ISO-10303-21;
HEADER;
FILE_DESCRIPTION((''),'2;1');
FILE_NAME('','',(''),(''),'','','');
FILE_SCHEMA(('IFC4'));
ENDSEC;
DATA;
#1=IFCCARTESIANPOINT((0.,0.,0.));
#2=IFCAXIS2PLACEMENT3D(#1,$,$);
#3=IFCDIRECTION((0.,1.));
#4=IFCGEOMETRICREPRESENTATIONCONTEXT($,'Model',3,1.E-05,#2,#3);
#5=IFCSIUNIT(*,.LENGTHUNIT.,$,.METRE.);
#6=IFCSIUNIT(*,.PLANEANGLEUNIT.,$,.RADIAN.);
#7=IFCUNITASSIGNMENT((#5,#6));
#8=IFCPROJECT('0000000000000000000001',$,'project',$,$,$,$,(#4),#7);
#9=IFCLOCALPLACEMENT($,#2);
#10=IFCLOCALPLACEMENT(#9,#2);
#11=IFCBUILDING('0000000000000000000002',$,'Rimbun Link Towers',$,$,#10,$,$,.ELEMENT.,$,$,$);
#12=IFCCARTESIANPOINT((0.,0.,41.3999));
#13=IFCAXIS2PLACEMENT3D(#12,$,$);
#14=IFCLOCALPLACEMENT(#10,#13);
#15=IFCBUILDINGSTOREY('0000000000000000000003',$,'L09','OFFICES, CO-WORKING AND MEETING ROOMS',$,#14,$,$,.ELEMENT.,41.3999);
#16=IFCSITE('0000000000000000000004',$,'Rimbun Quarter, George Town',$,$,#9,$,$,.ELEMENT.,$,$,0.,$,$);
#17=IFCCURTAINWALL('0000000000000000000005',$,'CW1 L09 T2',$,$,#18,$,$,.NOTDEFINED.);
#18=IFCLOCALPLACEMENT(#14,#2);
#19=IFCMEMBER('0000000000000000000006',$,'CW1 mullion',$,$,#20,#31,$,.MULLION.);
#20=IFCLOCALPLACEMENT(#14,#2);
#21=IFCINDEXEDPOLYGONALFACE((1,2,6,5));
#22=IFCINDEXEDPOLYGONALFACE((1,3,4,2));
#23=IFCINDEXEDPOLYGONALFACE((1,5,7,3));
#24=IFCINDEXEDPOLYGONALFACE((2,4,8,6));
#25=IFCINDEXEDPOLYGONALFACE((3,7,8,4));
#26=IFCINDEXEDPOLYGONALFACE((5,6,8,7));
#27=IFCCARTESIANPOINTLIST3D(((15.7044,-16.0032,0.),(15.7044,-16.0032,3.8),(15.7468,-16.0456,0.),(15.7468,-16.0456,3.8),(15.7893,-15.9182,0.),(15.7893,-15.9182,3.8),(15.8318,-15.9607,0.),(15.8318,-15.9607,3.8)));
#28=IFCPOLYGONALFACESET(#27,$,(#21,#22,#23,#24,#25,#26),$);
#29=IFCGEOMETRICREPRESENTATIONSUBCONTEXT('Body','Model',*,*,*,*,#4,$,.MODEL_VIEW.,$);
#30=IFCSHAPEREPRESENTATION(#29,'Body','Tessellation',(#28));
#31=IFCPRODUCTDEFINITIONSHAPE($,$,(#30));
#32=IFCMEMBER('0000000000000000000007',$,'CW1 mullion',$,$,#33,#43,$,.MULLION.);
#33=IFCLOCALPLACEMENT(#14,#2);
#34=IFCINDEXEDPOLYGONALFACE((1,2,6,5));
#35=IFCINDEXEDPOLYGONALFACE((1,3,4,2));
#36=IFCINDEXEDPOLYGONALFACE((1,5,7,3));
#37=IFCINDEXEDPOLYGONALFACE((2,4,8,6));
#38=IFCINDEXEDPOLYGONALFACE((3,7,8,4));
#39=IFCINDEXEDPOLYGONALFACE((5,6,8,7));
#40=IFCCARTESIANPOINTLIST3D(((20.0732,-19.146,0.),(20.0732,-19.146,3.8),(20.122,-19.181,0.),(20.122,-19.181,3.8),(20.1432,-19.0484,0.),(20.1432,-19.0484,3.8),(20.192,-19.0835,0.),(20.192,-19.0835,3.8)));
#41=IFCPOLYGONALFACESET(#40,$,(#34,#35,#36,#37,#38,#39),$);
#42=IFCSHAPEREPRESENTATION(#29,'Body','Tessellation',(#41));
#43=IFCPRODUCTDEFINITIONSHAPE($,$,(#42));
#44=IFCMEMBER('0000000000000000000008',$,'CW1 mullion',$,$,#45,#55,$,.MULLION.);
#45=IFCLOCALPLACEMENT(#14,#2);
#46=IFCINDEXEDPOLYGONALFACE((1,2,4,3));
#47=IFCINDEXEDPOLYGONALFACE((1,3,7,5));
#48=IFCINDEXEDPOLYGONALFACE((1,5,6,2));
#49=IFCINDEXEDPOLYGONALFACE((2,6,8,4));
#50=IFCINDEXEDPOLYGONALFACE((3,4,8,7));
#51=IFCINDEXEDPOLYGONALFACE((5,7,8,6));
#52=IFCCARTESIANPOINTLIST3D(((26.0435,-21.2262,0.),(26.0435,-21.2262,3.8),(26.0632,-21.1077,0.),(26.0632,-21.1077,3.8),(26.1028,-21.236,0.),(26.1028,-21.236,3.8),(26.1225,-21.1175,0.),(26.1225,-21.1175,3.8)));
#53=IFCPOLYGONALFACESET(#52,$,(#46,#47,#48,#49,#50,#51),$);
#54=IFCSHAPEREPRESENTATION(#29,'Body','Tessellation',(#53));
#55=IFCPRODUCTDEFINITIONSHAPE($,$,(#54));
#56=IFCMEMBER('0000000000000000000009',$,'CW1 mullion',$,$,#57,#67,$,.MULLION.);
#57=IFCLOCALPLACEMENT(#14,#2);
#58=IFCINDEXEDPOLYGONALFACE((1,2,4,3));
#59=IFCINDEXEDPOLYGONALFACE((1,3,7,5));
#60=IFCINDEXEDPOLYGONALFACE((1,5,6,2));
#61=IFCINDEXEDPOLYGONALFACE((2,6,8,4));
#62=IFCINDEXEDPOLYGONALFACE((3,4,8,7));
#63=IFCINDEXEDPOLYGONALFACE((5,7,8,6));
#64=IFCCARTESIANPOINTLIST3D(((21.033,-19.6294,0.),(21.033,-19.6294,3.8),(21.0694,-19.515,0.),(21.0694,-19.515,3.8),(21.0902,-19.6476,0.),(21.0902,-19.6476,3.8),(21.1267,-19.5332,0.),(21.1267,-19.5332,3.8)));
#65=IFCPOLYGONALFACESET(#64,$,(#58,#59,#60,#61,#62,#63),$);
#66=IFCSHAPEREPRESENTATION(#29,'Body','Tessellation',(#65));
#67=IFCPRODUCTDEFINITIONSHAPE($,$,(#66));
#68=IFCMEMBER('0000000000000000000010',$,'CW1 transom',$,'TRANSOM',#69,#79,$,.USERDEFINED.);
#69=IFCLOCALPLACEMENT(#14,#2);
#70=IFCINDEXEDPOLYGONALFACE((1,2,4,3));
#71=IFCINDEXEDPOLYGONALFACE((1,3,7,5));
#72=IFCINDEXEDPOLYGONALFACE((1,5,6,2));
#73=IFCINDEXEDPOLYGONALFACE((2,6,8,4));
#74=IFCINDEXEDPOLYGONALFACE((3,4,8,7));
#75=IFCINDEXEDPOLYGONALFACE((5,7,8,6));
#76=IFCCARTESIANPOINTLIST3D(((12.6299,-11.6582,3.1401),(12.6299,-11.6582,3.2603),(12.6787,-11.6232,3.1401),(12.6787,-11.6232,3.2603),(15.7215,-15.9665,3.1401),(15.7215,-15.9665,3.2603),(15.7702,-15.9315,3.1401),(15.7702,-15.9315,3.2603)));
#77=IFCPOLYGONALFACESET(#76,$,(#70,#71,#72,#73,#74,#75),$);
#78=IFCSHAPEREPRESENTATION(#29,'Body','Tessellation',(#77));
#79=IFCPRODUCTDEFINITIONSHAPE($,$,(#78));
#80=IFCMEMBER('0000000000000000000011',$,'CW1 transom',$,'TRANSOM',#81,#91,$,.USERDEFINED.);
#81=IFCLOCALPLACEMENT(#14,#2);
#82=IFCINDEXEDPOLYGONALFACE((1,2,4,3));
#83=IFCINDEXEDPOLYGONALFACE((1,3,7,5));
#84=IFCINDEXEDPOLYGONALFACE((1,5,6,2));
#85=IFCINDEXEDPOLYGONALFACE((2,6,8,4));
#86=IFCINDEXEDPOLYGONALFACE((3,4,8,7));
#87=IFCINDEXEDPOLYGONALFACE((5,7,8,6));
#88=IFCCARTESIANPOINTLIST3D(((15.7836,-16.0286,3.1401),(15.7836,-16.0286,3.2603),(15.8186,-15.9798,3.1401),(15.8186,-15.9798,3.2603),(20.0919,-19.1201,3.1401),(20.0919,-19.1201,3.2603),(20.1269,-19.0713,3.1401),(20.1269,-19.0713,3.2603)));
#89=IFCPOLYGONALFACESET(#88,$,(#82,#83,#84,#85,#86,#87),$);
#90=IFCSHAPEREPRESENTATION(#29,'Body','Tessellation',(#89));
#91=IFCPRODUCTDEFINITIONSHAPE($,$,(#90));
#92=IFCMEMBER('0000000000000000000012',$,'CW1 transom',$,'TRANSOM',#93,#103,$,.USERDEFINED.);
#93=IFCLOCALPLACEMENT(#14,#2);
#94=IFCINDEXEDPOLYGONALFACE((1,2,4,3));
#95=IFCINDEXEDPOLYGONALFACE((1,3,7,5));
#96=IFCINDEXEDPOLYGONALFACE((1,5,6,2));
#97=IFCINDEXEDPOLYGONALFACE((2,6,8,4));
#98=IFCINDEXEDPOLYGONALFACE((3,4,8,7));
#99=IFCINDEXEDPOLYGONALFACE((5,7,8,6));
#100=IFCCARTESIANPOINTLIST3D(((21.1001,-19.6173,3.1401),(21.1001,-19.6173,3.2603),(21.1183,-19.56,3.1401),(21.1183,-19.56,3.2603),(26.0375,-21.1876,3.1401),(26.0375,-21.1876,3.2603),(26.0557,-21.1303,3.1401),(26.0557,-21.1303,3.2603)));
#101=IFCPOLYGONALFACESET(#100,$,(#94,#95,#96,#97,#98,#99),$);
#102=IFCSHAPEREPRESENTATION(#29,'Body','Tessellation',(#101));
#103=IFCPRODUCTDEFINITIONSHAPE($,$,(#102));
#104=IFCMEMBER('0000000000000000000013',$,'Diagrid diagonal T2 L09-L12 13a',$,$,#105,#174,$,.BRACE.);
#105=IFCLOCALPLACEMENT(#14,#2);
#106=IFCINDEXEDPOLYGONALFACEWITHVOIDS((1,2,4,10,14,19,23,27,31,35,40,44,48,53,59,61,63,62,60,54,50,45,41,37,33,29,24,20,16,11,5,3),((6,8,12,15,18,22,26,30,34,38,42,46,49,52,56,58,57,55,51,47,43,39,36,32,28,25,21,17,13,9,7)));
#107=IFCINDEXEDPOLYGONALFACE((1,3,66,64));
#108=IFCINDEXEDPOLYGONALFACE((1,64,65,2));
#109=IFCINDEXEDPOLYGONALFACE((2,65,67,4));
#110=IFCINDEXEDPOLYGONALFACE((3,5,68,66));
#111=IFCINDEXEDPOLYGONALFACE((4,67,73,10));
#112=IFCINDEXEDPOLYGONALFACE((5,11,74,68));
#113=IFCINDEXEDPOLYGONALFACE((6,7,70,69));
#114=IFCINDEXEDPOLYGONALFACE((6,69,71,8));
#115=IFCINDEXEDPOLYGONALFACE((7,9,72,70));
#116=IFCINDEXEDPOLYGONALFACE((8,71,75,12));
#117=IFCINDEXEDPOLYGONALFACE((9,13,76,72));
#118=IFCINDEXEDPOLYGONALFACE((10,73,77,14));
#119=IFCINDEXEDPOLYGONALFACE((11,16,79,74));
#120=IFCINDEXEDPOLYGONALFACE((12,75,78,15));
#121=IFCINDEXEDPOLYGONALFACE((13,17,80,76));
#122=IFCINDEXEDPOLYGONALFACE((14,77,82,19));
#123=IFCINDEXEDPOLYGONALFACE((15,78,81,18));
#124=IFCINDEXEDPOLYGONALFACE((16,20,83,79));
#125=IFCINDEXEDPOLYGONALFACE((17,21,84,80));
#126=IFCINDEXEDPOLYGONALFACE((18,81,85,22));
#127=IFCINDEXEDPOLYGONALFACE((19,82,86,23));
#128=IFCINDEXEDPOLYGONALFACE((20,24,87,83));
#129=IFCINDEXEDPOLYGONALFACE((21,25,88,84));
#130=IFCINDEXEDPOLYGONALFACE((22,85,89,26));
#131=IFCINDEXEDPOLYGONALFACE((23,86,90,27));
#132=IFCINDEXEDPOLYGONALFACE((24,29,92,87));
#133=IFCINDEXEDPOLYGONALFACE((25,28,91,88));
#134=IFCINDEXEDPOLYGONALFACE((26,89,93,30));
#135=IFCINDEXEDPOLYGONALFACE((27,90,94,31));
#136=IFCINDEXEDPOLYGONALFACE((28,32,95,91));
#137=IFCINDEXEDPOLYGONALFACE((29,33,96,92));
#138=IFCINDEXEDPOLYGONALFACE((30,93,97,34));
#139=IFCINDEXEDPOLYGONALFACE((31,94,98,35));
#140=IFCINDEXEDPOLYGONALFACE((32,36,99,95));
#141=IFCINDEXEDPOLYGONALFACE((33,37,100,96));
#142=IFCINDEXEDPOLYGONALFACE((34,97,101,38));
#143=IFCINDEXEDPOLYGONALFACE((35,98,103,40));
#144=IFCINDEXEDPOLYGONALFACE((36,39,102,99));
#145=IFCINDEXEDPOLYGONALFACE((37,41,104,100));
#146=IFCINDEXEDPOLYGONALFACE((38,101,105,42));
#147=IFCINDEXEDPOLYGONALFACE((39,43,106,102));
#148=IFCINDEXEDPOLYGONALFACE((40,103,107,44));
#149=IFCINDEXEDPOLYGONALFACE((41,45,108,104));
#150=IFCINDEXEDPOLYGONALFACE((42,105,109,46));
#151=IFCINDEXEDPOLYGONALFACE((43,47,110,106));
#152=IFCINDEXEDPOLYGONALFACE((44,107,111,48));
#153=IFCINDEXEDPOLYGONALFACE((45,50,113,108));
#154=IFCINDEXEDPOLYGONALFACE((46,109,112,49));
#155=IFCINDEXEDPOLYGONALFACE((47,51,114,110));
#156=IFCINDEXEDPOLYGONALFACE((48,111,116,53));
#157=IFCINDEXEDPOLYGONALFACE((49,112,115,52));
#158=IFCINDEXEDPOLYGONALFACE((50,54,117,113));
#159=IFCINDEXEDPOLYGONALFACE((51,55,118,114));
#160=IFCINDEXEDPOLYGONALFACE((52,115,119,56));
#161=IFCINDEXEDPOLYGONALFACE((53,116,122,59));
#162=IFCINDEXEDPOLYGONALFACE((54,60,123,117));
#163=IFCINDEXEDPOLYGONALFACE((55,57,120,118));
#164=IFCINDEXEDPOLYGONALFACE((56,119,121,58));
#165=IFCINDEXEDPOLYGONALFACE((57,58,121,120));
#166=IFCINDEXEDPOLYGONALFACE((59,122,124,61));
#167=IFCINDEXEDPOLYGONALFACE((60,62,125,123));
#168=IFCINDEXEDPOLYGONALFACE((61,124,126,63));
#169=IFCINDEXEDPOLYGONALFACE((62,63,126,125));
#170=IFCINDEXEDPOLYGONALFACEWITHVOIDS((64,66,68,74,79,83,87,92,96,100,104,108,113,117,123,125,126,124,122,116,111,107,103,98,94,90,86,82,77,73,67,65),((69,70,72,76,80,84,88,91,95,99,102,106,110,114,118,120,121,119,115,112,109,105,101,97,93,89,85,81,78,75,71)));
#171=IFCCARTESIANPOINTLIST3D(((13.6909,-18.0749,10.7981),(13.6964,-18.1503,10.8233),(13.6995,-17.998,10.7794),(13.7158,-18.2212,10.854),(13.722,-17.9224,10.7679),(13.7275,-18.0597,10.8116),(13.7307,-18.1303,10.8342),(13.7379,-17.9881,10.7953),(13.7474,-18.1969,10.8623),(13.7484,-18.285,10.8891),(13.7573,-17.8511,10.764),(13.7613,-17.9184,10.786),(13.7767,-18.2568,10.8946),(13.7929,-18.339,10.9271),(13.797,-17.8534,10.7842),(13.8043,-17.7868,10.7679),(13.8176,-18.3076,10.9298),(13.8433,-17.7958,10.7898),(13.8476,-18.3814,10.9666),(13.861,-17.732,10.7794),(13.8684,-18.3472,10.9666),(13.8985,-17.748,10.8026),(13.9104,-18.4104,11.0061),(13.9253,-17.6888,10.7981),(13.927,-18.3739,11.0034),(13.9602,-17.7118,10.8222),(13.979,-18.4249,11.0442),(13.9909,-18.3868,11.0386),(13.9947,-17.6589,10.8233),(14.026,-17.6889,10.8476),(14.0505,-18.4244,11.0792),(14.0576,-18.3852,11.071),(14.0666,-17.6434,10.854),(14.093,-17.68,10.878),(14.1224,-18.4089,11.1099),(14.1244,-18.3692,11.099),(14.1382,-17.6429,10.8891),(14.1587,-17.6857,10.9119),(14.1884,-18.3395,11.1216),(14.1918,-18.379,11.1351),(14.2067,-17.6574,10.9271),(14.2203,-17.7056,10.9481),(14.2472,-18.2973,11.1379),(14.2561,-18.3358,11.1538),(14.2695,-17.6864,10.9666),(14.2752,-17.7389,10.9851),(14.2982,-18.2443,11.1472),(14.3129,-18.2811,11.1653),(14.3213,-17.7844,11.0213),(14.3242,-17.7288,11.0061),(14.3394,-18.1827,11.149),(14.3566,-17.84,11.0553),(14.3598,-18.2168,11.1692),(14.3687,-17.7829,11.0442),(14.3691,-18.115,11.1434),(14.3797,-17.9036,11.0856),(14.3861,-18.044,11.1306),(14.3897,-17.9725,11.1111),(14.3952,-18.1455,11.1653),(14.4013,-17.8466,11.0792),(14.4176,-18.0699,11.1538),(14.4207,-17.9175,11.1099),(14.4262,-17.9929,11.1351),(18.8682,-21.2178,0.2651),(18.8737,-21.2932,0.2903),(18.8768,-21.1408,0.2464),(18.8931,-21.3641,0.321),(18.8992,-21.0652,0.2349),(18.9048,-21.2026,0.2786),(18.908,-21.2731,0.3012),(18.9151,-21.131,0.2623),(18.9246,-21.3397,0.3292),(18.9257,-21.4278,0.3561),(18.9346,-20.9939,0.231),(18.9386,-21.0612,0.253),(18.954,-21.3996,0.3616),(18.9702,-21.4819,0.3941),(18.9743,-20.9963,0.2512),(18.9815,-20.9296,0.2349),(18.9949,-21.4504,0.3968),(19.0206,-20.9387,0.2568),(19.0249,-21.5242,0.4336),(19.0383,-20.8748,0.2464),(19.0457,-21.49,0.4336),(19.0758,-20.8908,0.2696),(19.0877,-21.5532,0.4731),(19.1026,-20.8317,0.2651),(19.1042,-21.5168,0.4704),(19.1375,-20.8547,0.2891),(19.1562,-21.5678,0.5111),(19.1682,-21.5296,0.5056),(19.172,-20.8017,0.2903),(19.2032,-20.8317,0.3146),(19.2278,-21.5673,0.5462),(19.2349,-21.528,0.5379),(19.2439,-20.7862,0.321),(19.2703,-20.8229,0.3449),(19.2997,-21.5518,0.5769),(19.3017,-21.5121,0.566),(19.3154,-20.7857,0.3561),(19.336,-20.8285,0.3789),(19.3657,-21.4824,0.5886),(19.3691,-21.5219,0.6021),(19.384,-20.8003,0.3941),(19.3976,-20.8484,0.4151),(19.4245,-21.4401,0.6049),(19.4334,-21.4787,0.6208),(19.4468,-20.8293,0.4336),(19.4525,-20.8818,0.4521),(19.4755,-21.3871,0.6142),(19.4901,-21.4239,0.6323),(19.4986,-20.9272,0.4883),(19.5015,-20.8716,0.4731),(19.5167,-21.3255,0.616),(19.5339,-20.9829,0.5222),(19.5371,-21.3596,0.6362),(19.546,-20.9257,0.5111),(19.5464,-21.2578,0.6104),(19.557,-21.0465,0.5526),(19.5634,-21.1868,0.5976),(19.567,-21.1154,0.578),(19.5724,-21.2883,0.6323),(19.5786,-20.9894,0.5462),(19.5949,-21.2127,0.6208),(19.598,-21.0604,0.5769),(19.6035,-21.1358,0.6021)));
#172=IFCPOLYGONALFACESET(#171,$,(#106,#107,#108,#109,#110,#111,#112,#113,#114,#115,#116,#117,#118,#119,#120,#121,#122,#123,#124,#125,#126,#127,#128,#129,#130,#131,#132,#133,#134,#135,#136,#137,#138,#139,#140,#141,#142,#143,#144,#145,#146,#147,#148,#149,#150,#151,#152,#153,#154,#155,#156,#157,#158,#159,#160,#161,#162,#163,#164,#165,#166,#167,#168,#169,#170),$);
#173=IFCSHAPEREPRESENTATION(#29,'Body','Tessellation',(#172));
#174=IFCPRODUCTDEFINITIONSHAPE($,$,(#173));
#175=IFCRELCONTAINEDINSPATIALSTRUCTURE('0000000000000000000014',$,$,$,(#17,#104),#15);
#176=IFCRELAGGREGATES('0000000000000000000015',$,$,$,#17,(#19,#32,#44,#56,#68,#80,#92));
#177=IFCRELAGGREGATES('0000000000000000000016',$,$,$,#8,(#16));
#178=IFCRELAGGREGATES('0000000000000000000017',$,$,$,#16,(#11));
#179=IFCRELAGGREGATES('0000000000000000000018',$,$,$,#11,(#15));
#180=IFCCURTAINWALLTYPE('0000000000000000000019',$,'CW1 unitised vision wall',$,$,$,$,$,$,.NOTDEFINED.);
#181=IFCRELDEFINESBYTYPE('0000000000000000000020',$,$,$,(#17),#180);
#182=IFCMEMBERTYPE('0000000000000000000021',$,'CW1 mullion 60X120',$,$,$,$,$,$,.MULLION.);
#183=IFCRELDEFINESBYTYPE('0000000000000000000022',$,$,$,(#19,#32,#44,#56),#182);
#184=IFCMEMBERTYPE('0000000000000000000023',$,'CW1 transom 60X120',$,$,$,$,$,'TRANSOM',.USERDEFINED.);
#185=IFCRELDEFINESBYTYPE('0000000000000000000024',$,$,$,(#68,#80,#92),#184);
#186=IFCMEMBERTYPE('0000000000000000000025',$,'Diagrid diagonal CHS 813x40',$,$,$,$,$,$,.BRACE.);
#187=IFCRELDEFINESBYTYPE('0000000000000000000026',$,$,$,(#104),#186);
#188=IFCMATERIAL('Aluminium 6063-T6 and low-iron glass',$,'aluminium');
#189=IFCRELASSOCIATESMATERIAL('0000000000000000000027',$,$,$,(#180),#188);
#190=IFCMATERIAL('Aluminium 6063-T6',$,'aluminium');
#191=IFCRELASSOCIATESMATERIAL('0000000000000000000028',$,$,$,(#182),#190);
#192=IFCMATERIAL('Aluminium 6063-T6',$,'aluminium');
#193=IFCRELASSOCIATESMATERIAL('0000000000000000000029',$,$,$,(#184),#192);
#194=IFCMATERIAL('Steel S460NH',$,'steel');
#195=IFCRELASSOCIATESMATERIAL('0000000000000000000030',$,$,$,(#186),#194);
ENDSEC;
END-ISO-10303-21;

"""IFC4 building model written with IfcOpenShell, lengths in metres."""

from ifc_helpers import new_model, si_unit, direction, frame, origin, origin_2d, place, context, subcontext, project, spatial, rectangle, hollow_circle, extrude, material, material_profile, profile_set, type_object, element, aggregate, save


model = new_model("IFC4")

# Units and contexts
model_context = context("Model", 3, precision=1e-05, world=origin(), true_north=direction((0.0, 1.0)))
body_context = subcontext(model_context, "Body", "Model", "MODEL_VIEW")
ifc_project = project(units=[si_unit("LENGTHUNIT", "METRE"), si_unit("PLANEANGLEUNIT", "RADIAN")], contexts=[model_context])

# Site, building, storey
site_placement = place(None, origin())
site = spatial("IfcSite", under=ifc_project, at=site_placement, Name="Rimbun Quarter, George Town", CompositionType="ELEMENT", RefElevation=0.0)
building_placement = place(site_placement, origin())
building = spatial("IfcBuilding", under=site, at=building_placement, Name="Rimbun Link Towers", CompositionType="ELEMENT")
storey_placement = place(building_placement, frame((0.0, 0.0, 41.3999)))
storey = spatial("IfcBuildingStorey", under=building, at=storey_placement, Name="L09", Description="OFFICES, CO-WORKING AND MEETING ROOMS", CompositionType="ELEMENT", Elevation=41.3999)

# Curtain wall, members
ifc_material_1 = material(Name="Aluminium 6063-T6 and low-iron glass", Category="aluminium")
curtain_wall_type = type_object("IfcCurtainWallType", Name="CW1 unitised vision wall", PredefinedType="NOTDEFINED", material=ifc_material_1)
curtain_wall_placement = place(storey_placement, origin())
curtain_wall = element("IfcCurtainWall", 1, at=curtain_wall_placement, inside=storey, type_object=curtain_wall_type, Name="CW1 L09 T2", PredefinedType="NOTDEFINED")
ifc_material_2 = material(Name="Aluminium 6063-T6", Category="aluminium")
ifc_material_profile_1 = material_profile(ifc_material_2, rectangle(XDim=0.1201, YDim=0.0601, at=origin_2d()), Name="MULLION 60X120")
ifc_profile_set_1 = profile_set([ifc_material_profile_1], Name="Aluminium 6063-T6")
member_type_1 = type_object("IfcMemberType", Name="CW1 mullion 60X120", PredefinedType="MULLION", material=ifc_profile_set_1)
member_1_placement = place(storey_placement, frame((15.7681, -15.9819, 0.0), z_axis=(0.0, 0.0, 1.0), x_axis=(-0.707107, -0.707107, 0.0)))
member_1 = element("IfcMember", 2, at=member_1_placement, type_object=member_type_1, Name="CW1 mullion", PredefinedType="MULLION", context=body_context, shape_type="SweptSolid", body=[
    extrude(rectangle(XDim=0.1201, YDim=0.0601, at=origin_2d()), origin(), (0.0, 0.0, 1.0), 3.8),
])
member_2_placement = place(storey_placement, frame((20.1326, -19.1147, 0.0), z_axis=(0.0, 0.0, 1.0), x_axis=(-0.582996, -0.812475, 0.0)))
member_2 = element("IfcMember", 3, at=member_2_placement, type_object=member_type_1, Name="CW1 mullion", PredefinedType="MULLION", context=body_context, shape_type="SweptSolid", body=[
    extrude(rectangle(XDim=0.1201, YDim=0.0601, at=origin_2d()), origin(), (0.0, 0.0, 1.0), 3.8),
])
member_3_placement = place(storey_placement, frame((26.083, -21.1719, 0.0), z_axis=(0.0, 0.0, 1.0), x_axis=(-0.16375, -0.986502, 0.0)))
member_3 = element("IfcMember", 4, at=member_3_placement, type_object=member_type_1, Name="CW1 mullion", PredefinedType="MULLION", context=body_context, shape_type="SweptSolid", body=[
    extrude(rectangle(XDim=0.1201, YDim=0.0601, at=origin_2d()), origin(), (0.0, 0.0, 1.0), 3.8),
])
member_4_placement = place(storey_placement, frame((21.0798, -19.5813, 0.0), z_axis=(0.0, 0.0, 1.0), x_axis=(-0.303071, -0.952968, 0.0)))
member_4 = element("IfcMember", 5, at=member_4_placement, type_object=member_type_1, Name="CW1 mullion", PredefinedType="MULLION", context=body_context, shape_type="SweptSolid", body=[
    extrude(rectangle(XDim=0.1201, YDim=0.0601, at=origin_2d()), origin(), (0.0, 0.0, 1.0), 3.8),
])
ifc_material_3 = material(Name="Aluminium 6063-T6", Category="aluminium")
ifc_material_profile_2 = material_profile(ifc_material_3, rectangle(XDim=0.0601, YDim=0.1201, at=origin_2d()), Name="TRANSOM 60X120")
ifc_profile_set_2 = profile_set([ifc_material_profile_2], Name="Aluminium 6063-T6")
member_type_2 = type_object("IfcMemberType", Name="CW1 transom 60X120", ElementType="TRANSOM", PredefinedType="USERDEFINED", material=ifc_profile_set_2)
member_5_placement = place(storey_placement, frame((15.7458, -15.949, 3.2002), z_axis=(-0.583005, 0.812469, 0.0), x_axis=(-0.812469, -0.583005, 0.0)))
member_5 = element("IfcMember", 6, at=member_5_placement, type_object=member_type_2, Name="CW1 transom", ObjectType="TRANSOM", PredefinedType="USERDEFINED", context=body_context, shape_type="SweptSolid", body=[
    extrude(rectangle(XDim=0.0601, YDim=0.1201, at=origin_2d()), origin(), (0.0, 0.0, 1.0), 5.3027),
])
member_6_placement = place(storey_placement, frame((20.1094, -19.0957, 3.2002), z_axis=(-0.812469, 0.583005, 0.0), x_axis=(-0.583005, -0.812469, 0.0)))
member_6 = element("IfcMember", 7, at=member_6_placement, type_object=member_type_2, Name="CW1 transom", ObjectType="TRANSOM", PredefinedType="USERDEFINED", context=body_context, shape_type="SweptSolid", body=[
    extrude(rectangle(XDim=0.0601, YDim=0.1201, at=origin_2d()), origin(), (0.0, 0.0, 1.0), 5.3027),
])
member_7_placement = place(storey_placement, frame((26.0466, -21.1589, 3.2002), z_axis=(-0.952965, 0.303079, 0.0), x_axis=(-0.303079, -0.952965, 0.0)))
member_7 = element("IfcMember", 8, at=member_7_placement, type_object=member_type_2, Name="CW1 transom", ObjectType="TRANSOM", PredefinedType="USERDEFINED", context=body_context, shape_type="SweptSolid", body=[
    extrude(rectangle(XDim=0.0601, YDim=0.1201, at=origin_2d()), origin(), (0.0, 0.0, 1.0), 5.1812),
])

# Member
ifc_material_4 = material(Name="Steel S460NH", Category="steel")
ifc_material_profile_3 = material_profile(ifc_material_4, hollow_circle(Radius=0.4065, WallThickness=0.04, at=origin_2d()), Name="Diagrid diagonal CHS 813x40")
ifc_profile_set_3 = profile_set([ifc_material_profile_3], Name="Steel S460NH")
member_type_3 = type_object("IfcMemberType", Name="Diagrid diagonal CHS 813x40", PredefinedType="BRACE", material=ifc_profile_set_3)
member_8_placement = place(storey_placement, frame((19.2358, -21.1768, 0.4336), z_axis=(-0.426108, 0.258667, 0.866905), x_axis=(-0.518917, -0.854825, 0.0)))
element("IfcMember", 9, at=member_8_placement, inside=storey, type_object=member_type_3, Name="Diagrid diagonal T2 L09-L12 13a", PredefinedType="BRACE", context=body_context, shape_type="SweptSolid", body=[
    extrude(hollow_circle(Radius=0.4065, WallThickness=0.04, at=origin_2d()), origin(), (0.0, 0.0, 1.0), 12.1501),
])

aggregate(curtain_wall, [member_1, member_2, member_3, member_4, member_5, member_6, member_7])

save(model, "model.ifc")
